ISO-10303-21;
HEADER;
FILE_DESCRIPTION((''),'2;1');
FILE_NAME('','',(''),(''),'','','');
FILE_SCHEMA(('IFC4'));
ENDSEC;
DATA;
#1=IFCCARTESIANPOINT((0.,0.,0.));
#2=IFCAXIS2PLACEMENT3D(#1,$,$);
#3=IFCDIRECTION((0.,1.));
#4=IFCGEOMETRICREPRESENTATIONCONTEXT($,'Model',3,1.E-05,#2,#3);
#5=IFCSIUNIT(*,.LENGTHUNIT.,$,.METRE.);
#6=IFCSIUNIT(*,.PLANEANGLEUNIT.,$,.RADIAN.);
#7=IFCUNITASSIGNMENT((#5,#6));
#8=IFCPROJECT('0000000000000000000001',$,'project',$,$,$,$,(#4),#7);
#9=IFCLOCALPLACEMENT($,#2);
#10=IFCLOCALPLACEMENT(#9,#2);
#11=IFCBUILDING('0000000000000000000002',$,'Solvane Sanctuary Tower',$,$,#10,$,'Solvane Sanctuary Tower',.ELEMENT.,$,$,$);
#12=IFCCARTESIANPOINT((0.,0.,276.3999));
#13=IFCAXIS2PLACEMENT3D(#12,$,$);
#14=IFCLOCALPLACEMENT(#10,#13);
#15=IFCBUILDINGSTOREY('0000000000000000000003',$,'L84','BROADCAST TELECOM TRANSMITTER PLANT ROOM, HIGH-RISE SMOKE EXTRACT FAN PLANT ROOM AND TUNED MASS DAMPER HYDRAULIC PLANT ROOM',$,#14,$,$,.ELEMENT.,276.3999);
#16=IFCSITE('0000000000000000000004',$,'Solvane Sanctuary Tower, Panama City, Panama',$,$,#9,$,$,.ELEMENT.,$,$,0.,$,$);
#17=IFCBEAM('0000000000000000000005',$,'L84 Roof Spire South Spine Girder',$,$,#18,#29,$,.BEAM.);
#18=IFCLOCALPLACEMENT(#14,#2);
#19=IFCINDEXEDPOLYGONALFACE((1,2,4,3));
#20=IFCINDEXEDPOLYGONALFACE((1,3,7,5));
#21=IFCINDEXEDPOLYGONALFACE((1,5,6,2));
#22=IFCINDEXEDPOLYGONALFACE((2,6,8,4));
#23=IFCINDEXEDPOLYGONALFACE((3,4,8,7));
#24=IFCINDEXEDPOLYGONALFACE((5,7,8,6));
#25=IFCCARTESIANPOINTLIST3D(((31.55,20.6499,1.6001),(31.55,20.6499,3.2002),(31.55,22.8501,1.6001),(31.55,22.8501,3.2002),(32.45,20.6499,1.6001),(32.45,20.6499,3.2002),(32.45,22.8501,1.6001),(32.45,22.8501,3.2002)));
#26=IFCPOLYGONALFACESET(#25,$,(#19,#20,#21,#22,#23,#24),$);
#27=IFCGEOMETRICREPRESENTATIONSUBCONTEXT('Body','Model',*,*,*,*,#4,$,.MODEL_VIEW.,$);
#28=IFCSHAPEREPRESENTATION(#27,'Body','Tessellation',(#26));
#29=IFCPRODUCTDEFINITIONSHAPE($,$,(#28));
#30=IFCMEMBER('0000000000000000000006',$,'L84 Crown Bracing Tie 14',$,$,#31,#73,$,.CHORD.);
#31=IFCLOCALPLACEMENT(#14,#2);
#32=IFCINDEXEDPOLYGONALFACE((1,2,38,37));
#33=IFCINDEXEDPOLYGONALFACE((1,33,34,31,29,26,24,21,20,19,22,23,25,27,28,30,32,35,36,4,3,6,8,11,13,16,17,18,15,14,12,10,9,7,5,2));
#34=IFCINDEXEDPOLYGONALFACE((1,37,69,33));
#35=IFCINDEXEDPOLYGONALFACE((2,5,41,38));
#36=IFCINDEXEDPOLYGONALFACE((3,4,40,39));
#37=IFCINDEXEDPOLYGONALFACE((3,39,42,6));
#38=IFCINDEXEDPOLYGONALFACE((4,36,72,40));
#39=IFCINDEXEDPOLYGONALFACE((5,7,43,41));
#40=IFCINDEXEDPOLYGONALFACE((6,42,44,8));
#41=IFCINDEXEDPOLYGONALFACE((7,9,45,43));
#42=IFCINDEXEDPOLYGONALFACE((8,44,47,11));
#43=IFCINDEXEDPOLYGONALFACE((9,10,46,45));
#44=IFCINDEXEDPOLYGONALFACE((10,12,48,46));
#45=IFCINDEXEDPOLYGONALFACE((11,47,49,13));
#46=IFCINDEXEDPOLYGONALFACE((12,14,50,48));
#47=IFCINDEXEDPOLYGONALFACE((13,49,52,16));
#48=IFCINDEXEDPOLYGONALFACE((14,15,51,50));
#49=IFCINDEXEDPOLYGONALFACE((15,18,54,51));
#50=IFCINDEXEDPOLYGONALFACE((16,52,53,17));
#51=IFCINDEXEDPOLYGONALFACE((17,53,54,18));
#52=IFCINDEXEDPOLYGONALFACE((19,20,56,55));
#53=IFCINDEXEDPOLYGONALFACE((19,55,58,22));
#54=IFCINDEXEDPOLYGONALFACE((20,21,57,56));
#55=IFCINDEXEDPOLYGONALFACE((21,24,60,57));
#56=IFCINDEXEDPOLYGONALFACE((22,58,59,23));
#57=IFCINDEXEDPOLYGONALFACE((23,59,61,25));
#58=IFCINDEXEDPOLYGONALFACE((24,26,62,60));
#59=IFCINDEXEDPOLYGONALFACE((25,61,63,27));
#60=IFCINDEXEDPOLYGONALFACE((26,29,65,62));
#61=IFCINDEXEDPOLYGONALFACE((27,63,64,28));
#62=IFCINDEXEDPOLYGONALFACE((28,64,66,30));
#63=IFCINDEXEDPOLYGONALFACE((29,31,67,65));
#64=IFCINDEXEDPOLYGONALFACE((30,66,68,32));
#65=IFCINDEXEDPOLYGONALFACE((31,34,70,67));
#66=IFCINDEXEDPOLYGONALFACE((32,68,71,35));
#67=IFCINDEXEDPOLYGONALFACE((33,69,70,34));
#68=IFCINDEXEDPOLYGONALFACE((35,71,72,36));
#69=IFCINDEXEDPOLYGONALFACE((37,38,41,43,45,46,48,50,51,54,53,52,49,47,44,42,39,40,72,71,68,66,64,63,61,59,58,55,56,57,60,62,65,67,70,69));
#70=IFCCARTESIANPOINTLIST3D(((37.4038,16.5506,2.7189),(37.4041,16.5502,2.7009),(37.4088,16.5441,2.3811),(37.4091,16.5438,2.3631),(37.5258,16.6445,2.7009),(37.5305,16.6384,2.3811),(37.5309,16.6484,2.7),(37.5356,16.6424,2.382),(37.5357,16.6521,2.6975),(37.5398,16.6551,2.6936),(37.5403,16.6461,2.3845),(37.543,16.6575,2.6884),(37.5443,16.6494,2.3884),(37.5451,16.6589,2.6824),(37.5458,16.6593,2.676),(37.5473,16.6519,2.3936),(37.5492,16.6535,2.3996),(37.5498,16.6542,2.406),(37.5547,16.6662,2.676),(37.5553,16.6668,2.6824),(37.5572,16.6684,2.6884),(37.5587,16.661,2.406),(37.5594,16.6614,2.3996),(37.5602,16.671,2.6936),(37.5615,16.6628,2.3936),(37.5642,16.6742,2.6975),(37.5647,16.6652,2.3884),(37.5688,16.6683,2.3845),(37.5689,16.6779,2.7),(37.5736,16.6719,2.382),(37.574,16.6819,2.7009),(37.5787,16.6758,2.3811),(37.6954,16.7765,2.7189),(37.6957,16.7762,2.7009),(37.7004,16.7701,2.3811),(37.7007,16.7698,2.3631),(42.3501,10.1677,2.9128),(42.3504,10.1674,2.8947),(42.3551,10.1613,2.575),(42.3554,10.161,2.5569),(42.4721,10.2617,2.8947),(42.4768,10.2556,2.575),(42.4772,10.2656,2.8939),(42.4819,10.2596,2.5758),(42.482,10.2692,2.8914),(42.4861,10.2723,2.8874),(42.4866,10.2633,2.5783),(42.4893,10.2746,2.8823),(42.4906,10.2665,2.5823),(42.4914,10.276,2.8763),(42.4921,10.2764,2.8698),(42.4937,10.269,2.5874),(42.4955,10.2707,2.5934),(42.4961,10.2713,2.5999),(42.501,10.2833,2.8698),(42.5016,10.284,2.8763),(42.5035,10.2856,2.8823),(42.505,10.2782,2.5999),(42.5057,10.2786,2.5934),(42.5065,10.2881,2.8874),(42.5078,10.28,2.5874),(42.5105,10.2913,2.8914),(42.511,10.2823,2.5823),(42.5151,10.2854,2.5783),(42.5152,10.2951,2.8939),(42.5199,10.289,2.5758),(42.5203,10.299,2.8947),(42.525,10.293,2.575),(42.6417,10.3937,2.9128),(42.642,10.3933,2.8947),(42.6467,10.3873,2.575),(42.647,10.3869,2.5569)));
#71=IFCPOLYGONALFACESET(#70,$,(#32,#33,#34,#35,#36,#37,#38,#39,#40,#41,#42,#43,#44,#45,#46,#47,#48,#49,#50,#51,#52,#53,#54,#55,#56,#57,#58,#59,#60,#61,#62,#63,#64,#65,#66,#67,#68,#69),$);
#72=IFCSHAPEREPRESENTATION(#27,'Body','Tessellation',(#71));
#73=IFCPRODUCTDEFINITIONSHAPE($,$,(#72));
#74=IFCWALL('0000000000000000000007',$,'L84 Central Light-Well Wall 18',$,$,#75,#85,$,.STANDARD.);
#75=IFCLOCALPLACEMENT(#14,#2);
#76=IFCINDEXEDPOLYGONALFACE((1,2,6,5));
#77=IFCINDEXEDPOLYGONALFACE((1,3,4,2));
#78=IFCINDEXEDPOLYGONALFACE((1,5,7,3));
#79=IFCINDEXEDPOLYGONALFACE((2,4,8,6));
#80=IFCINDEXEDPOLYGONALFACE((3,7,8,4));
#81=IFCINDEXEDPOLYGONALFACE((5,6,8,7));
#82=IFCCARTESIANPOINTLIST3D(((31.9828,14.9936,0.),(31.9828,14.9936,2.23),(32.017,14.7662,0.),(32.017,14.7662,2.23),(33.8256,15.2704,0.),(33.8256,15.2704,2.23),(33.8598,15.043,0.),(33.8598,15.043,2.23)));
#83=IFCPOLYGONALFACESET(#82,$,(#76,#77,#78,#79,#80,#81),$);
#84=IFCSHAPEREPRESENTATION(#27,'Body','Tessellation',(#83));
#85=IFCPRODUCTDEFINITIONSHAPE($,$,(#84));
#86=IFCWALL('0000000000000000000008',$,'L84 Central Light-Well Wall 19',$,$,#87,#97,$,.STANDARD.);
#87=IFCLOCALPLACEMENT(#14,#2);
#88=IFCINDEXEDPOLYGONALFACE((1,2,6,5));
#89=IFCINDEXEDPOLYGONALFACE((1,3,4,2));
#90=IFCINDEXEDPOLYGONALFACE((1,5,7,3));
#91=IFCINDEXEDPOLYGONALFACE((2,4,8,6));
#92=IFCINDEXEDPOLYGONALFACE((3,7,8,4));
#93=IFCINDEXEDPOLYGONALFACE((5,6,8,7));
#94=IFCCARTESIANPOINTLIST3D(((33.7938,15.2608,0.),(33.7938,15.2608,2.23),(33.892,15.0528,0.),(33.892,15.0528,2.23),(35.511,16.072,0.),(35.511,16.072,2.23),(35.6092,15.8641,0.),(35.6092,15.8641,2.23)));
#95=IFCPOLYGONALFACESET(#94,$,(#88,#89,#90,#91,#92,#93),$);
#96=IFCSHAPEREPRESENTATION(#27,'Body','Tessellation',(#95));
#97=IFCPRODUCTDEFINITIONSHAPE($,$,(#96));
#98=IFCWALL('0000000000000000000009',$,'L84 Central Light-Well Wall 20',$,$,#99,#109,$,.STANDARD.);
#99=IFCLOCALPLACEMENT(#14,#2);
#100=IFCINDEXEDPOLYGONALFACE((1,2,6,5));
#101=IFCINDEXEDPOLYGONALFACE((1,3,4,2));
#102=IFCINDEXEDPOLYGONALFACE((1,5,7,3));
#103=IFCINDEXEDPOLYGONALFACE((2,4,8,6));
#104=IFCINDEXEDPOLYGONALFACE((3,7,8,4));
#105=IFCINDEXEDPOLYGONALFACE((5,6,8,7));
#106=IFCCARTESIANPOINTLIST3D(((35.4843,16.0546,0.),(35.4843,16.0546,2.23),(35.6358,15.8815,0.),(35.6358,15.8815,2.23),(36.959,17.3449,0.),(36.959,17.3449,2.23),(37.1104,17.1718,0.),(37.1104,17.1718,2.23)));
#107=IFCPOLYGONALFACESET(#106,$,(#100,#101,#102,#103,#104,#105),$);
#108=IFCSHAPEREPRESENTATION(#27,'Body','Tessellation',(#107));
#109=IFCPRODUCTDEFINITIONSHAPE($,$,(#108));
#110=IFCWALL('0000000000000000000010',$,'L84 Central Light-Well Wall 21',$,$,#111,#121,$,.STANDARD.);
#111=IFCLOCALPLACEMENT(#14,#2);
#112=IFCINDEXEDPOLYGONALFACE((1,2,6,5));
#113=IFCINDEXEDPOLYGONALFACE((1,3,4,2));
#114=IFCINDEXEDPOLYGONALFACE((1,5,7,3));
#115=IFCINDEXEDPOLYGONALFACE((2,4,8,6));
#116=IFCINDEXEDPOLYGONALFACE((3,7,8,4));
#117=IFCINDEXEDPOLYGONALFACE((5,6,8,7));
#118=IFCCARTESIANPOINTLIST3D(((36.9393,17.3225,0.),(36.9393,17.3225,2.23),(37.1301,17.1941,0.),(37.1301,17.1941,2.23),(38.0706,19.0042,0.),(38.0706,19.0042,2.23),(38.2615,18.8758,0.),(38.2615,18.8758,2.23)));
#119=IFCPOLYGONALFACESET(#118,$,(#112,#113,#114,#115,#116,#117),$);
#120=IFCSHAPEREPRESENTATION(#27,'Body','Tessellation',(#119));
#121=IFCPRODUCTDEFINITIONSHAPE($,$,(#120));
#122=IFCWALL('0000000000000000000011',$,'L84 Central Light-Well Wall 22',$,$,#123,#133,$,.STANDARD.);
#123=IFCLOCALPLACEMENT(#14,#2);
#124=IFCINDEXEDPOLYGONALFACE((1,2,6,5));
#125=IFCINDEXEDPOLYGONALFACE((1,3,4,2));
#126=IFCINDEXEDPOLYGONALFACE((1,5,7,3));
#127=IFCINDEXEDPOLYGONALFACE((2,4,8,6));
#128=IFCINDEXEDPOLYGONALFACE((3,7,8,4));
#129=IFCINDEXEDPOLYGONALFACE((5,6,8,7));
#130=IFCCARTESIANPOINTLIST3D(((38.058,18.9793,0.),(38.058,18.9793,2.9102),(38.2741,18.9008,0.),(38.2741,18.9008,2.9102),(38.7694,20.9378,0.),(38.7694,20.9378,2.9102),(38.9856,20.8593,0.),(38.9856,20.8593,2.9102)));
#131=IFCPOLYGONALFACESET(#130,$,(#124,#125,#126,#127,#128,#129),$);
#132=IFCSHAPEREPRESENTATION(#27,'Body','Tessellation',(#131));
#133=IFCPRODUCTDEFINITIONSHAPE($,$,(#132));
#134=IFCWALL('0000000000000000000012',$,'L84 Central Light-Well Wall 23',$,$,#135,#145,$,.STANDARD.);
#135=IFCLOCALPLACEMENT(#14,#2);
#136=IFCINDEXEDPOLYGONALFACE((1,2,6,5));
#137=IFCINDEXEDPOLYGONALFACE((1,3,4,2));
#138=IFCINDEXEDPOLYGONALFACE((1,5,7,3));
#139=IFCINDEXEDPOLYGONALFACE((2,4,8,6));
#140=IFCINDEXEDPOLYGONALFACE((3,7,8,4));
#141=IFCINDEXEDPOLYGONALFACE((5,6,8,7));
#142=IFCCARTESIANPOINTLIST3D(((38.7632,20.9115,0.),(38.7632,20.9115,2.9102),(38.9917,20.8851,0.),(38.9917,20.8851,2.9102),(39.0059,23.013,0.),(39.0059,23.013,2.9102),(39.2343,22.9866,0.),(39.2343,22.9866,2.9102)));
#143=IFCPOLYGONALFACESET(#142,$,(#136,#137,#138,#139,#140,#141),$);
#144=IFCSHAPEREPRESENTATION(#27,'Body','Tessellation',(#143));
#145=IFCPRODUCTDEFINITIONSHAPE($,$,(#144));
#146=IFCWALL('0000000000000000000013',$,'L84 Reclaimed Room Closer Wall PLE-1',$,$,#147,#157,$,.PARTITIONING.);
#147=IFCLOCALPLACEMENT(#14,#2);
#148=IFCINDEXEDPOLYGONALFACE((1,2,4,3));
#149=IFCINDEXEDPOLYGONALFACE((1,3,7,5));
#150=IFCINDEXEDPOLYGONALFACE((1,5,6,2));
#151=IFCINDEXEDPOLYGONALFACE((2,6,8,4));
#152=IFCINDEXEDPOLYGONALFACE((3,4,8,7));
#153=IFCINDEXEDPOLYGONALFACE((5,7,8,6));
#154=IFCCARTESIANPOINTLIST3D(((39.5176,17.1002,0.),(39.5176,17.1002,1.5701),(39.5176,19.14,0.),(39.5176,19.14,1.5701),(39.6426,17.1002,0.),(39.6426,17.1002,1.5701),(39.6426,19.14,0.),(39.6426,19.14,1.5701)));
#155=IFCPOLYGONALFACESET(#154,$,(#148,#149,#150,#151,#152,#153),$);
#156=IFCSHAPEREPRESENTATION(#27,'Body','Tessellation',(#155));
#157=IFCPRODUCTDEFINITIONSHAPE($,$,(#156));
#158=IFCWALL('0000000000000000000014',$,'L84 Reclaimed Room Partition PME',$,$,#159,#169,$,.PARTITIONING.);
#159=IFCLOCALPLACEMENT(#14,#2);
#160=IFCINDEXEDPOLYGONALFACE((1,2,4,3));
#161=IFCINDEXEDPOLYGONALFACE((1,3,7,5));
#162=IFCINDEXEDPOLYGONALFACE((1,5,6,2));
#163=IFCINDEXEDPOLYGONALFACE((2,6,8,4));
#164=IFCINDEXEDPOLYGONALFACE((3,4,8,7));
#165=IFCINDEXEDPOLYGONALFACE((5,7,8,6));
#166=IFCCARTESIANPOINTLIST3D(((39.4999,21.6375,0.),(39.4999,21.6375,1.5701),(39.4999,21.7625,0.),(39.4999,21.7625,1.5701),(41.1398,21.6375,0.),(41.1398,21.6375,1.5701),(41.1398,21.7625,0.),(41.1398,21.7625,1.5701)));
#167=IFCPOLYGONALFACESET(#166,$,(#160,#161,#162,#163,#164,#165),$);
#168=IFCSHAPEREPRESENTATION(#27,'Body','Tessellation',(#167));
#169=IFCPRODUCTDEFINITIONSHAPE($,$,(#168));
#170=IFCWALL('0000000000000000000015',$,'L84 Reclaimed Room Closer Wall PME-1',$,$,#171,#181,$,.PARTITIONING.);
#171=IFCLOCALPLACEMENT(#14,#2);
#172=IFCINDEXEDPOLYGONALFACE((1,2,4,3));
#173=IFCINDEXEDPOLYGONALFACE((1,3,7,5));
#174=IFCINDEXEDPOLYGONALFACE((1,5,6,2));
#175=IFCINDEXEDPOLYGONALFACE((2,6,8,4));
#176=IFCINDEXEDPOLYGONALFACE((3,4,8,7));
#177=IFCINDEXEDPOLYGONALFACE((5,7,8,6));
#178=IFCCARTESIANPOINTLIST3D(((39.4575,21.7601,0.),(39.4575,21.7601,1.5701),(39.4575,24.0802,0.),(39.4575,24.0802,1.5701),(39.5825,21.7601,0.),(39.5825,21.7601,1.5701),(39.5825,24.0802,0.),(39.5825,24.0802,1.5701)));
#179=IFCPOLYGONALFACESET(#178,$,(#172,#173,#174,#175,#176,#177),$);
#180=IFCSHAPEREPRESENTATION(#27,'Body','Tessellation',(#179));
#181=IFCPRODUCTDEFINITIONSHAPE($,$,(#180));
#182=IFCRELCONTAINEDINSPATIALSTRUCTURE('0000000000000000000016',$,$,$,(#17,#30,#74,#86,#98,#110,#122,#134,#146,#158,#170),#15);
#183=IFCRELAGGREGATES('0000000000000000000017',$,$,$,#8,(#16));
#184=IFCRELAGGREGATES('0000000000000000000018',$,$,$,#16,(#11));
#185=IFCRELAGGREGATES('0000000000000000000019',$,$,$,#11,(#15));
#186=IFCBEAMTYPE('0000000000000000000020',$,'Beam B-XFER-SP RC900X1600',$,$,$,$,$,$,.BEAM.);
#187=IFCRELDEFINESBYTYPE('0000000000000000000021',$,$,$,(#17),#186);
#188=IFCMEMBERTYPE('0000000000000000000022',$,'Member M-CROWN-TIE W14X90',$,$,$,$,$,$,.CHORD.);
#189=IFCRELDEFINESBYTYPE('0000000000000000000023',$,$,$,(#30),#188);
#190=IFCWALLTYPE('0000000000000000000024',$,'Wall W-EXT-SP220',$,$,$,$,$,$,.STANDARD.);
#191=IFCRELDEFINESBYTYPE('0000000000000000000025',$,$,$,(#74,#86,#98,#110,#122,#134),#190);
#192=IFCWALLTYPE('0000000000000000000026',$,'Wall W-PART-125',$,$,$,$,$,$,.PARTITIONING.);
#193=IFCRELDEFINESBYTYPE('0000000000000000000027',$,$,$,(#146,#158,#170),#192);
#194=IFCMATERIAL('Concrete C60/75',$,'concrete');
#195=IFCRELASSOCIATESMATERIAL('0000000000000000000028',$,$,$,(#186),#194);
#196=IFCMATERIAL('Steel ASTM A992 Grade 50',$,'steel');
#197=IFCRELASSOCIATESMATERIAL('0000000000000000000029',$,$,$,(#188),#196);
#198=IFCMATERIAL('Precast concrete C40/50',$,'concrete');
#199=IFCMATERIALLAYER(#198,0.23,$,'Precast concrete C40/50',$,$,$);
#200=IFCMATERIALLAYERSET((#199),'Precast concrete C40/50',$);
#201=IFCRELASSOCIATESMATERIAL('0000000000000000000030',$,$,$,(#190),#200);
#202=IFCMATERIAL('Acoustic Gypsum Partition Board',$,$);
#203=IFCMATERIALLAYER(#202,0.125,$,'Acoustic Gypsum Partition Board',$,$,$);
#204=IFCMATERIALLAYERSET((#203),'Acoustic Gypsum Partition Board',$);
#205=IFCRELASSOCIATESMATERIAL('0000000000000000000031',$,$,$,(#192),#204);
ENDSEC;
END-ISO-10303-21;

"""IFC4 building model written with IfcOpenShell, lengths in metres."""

from ifc_helpers import new_model, si_unit, direction, frame, frame_2d, origin, origin_2d, place, context, subcontext, project, spatial, rectangle, i_section, extrude, material, layer, layer_set, material_profile, profile_set, type_object, element, save


model = new_model("IFC4")

# Units and contexts
model_context = context("Model", 3, precision=1e-05, world=origin(), true_north=direction((0.0, 1.0)))
body_context = subcontext(model_context, "Body", "Model", "MODEL_VIEW")
ifc_project = project(units=[si_unit("LENGTHUNIT", "METRE"), si_unit("PLANEANGLEUNIT", "RADIAN")], contexts=[model_context])

# Site, building, storey
site_placement = place(None, origin())
site = spatial("IfcSite", under=ifc_project, at=site_placement, Name="Solvane Sanctuary Tower, Panama City, Panama", CompositionType="ELEMENT", RefElevation=0.0)
building_placement = place(site_placement, origin())
building = spatial("IfcBuilding", under=site, at=building_placement, Name="Solvane Sanctuary Tower", LongName="Solvane Sanctuary Tower", CompositionType="ELEMENT")
storey_placement = place(building_placement, frame((0.0, 0.0, 276.3999)))
storey = spatial("IfcBuildingStorey", under=building, at=storey_placement, Name="L84", Description="BROADCAST TELECOM TRANSMITTER PLANT ROOM, HIGH-RISE SMOKE EXTRACT FAN PLANT ROOM AND TUNED MASS DAMPER HYDRAULIC PLANT ROOM", CompositionType="ELEMENT", Elevation=276.3999)

# Beam
ifc_material_1 = material(Name="Steel ASTM A992 Grade 50", Category="steel")
ifc_material_2 = material(Name="Concrete C60/75", Category="concrete")
ifc_material_profile_1 = material_profile(ifc_material_2, rectangle(XDim=0.8999, YDim=1.6001, at=origin_2d()), Name="RC900X1600")
ifc_profile_set_1 = profile_set([ifc_material_profile_1], Name="Concrete C60/75")
beam_type_1 = type_object("IfcBeamType", Name="Beam B-XFER-SP RC900X1600", PredefinedType="BEAM", material=ifc_profile_set_1)
beam_1_placement = place(storey_placement, frame((32.0, 20.6499, 2.4001), z_axis=(0.0, 1.0, 0.0), x_axis=(-1.0, 0.0, 0.0)))
element("IfcBeam", 1, at=beam_1_placement, inside=storey, type_object=beam_type_1, Name="L84 Roof Spire South Spine Girder", PredefinedType="BEAM", context=body_context, shape_type="SweptSolid", body=[
    extrude(rectangle(XDim=0.8999, YDim=1.6001, at=origin_2d()), origin(), (0.0, 0.0, 1.0), 2.2002),
])

# Member
ifc_material_profile_2 = material_profile(ifc_material_1, i_section(OverallWidth=0.3689, OverallDepth=0.356, WebThickness=0.0112, FlangeThickness=0.0181, FilletRadius=0.0249, at=origin_2d()), Name="W14X90")
ifc_profile_set_2 = profile_set([ifc_material_profile_2], Name="Steel ASTM A992 Grade 50")
member_type = type_object("IfcMemberType", Name="Member M-CROWN-TIE W14X90", PredefinedType="CHORD", material=ifc_profile_set_2)
member_placement = place(storey_placement, frame((37.5522, 16.6602, 2.541), z_axis=(0.612365, -0.790211, 0.023999), x_axis=(0.790438, 0.612541, 0.0)))
element("IfcMember", 2, at=member_placement, inside=storey, type_object=member_type, Name="L84 Crown Bracing Tie 14", PredefinedType="CHORD", context=body_context, shape_type="SweptSolid", body=[
    extrude(i_section(OverallWidth=0.3689, OverallDepth=0.356, WebThickness=0.0112, FlangeThickness=0.0181, FilletRadius=0.0249, at=origin_2d()), origin(), (0.0, 0.0, 1.0), 8.0774),
])

# Walls
ifc_material_3 = material(Name="Precast concrete C40/50", Category="concrete")
ifc_layer_1 = layer(ifc_material_3, 0.23, Name="Precast concrete C40/50")
ifc_layer_set_1 = layer_set([ifc_layer_1], Name="Precast concrete C40/50")
wall_type_1 = type_object("IfcWallType", Name="Wall W-EXT-SP220", PredefinedType="STANDARD", material=ifc_layer_set_1)
wall_1_placement = place(storey_placement, frame((32.0, 14.8799, 0.0), z_axis=(0.0, 0.0, 1.0), x_axis=(0.988902, 0.148571, 0.0)))
element("IfcWall", 3, at=wall_1_placement, inside=storey, type_object=wall_type_1, Name="L84 Central Light-Well Wall 18", PredefinedType="STANDARD", context=body_context, shape_type="SweptSolid", body=[
    extrude(rectangle(XDim=1.8635, YDim=0.23, at=frame_2d((0.9316, 0.0))), origin(), (0.0, 0.0, 1.0), 2.23),
])
wall_2_placement = place(storey_placement, frame((33.8428, 15.1567, 0.0), z_axis=(0.0, 0.0, 1.0), x_axis=(0.90418, 0.427152, 0.0)))
element("IfcWall", 4, at=wall_2_placement, inside=storey, type_object=wall_type_1, Name="L84 Central Light-Well Wall 19", PredefinedType="STANDARD", context=body_context, shape_type="SweptSolid", body=[
    extrude(rectangle(XDim=1.8992, YDim=0.23, at=frame_2d((0.9497, 0.0))), origin(), (0.0, 0.0, 1.0), 2.23),
])
wall_3_placement = place(storey_placement, frame((35.5601, 15.968, 0.0), z_axis=(0.0, 0.0, 1.0), x_axis=(0.752577, 0.658505, 0.0)))
element("IfcWall", 5, at=wall_3_placement, inside=storey, type_object=wall_type_1, Name="L84 Central Light-Well Wall 20", PredefinedType="STANDARD", context=body_context, shape_type="SweptSolid", body=[
    extrude(rectangle(XDim=1.9595, YDim=0.23, at=frame_2d((0.9797, 0.0))), origin(), (0.0, 0.0, 1.0), 2.23),
])
wall_4_placement = place(storey_placement, frame((37.0347, 17.2583, 0.0), z_axis=(0.0, 0.0, 1.0), x_axis=(0.558198, 0.829708, 0.0)))
element("IfcWall", 6, at=wall_4_placement, inside=storey, type_object=wall_type_1, Name="L84 Central Light-Well Wall 21", PredefinedType="STANDARD", context=body_context, shape_type="SweptSolid", body=[
    extrude(rectangle(XDim=2.0269, YDim=0.23, at=frame_2d((1.0134, 0.0))), origin(), (0.0, 0.0, 1.0), 2.23),
])
wall_5_placement = place(storey_placement, frame((38.166, 18.9399, 0.0), z_axis=(0.0, 0.0, 1.0), x_axis=(0.341423, 0.93991, 0.0)))
element("IfcWall", 7, at=wall_5_placement, inside=storey, type_object=wall_type_1, Name="L84 Central Light-Well Wall 22", PredefinedType="STANDARD", context=body_context, shape_type="SweptSolid", body=[
    extrude(rectangle(XDim=2.0837, YDim=0.23, at=frame_2d((1.042, 0.0))), origin(), (0.0, 0.0, 1.0), 2.9102),
])
wall_6_placement = place(storey_placement, frame((38.8774, 20.8984, 0.0), z_axis=(0.0, 0.0, 1.0), x_axis=(0.114712, 0.993399, 0.0)))
element("IfcWall", 8, at=wall_6_placement, inside=storey, type_object=wall_type_1, Name="L84 Central Light-Well Wall 23", PredefinedType="STANDARD", context=body_context, shape_type="SweptSolid", body=[
    extrude(rectangle(XDim=2.1155, YDim=0.23, at=frame_2d((1.0576, 0.0))), origin(), (0.0, 0.0, 1.0), 2.9102),
])
ifc_material_4 = material(Name="Acoustic Gypsum Partition Board")
ifc_layer_2 = layer(ifc_material_4, 0.125, Name="Acoustic Gypsum Partition Board")
ifc_layer_set_2 = layer_set([ifc_layer_2], Name="Acoustic Gypsum Partition Board")
wall_type_2 = type_object("IfcWallType", Name="Wall W-PART-125", PredefinedType="PARTITIONING", material=ifc_layer_set_2)
wall_7_placement = place(storey_placement, frame((39.5801, 17.1001, 0.0), z_axis=(0.0, 0.0, 1.0), x_axis=(0.0, 1.0, 0.0)))
element("IfcWall", 9, at=wall_7_placement, inside=storey, type_object=wall_type_2, Name="L84 Reclaimed Room Closer Wall PLE-1", PredefinedType="PARTITIONING", context=body_context, shape_type="SweptSolid", body=[
    extrude(rectangle(XDim=2.0398, YDim=0.125, at=frame_2d((1.02, 0.0))), origin(), (0.0, 0.0, 1.0), 1.5701),
])
wall_8_placement = place(storey_placement, frame((39.5, 21.7, 0.0), z_axis=(0.0, 0.0, 1.0), x_axis=(1.0, 0.0, 0.0)))
element("IfcWall", 10, at=wall_8_placement, inside=storey, type_object=wall_type_2, Name="L84 Reclaimed Room Partition PME", PredefinedType="PARTITIONING", context=body_context, shape_type="SweptSolid", body=[
    extrude(rectangle(XDim=1.6399, YDim=0.125, at=frame_2d((0.8198, 0.0))), origin(), (0.0, 0.0, 1.0), 1.5701),
])
wall_9_placement = place(storey_placement, frame((39.52, 21.76, 0.0), z_axis=(0.0, 0.0, 1.0), x_axis=(0.0, 1.0, 0.0)))
element("IfcWall", 11, at=wall_9_placement, inside=storey, type_object=wall_type_2, Name="L84 Reclaimed Room Closer Wall PME-1", PredefinedType="PARTITIONING", context=body_context, shape_type="SweptSolid", body=[
    extrude(rectangle(XDim=2.3201, YDim=0.125, at=frame_2d((1.1602, 0.0))), origin(), (0.0, 0.0, 1.0), 1.5701),
])

save(model, "model.ifc")
